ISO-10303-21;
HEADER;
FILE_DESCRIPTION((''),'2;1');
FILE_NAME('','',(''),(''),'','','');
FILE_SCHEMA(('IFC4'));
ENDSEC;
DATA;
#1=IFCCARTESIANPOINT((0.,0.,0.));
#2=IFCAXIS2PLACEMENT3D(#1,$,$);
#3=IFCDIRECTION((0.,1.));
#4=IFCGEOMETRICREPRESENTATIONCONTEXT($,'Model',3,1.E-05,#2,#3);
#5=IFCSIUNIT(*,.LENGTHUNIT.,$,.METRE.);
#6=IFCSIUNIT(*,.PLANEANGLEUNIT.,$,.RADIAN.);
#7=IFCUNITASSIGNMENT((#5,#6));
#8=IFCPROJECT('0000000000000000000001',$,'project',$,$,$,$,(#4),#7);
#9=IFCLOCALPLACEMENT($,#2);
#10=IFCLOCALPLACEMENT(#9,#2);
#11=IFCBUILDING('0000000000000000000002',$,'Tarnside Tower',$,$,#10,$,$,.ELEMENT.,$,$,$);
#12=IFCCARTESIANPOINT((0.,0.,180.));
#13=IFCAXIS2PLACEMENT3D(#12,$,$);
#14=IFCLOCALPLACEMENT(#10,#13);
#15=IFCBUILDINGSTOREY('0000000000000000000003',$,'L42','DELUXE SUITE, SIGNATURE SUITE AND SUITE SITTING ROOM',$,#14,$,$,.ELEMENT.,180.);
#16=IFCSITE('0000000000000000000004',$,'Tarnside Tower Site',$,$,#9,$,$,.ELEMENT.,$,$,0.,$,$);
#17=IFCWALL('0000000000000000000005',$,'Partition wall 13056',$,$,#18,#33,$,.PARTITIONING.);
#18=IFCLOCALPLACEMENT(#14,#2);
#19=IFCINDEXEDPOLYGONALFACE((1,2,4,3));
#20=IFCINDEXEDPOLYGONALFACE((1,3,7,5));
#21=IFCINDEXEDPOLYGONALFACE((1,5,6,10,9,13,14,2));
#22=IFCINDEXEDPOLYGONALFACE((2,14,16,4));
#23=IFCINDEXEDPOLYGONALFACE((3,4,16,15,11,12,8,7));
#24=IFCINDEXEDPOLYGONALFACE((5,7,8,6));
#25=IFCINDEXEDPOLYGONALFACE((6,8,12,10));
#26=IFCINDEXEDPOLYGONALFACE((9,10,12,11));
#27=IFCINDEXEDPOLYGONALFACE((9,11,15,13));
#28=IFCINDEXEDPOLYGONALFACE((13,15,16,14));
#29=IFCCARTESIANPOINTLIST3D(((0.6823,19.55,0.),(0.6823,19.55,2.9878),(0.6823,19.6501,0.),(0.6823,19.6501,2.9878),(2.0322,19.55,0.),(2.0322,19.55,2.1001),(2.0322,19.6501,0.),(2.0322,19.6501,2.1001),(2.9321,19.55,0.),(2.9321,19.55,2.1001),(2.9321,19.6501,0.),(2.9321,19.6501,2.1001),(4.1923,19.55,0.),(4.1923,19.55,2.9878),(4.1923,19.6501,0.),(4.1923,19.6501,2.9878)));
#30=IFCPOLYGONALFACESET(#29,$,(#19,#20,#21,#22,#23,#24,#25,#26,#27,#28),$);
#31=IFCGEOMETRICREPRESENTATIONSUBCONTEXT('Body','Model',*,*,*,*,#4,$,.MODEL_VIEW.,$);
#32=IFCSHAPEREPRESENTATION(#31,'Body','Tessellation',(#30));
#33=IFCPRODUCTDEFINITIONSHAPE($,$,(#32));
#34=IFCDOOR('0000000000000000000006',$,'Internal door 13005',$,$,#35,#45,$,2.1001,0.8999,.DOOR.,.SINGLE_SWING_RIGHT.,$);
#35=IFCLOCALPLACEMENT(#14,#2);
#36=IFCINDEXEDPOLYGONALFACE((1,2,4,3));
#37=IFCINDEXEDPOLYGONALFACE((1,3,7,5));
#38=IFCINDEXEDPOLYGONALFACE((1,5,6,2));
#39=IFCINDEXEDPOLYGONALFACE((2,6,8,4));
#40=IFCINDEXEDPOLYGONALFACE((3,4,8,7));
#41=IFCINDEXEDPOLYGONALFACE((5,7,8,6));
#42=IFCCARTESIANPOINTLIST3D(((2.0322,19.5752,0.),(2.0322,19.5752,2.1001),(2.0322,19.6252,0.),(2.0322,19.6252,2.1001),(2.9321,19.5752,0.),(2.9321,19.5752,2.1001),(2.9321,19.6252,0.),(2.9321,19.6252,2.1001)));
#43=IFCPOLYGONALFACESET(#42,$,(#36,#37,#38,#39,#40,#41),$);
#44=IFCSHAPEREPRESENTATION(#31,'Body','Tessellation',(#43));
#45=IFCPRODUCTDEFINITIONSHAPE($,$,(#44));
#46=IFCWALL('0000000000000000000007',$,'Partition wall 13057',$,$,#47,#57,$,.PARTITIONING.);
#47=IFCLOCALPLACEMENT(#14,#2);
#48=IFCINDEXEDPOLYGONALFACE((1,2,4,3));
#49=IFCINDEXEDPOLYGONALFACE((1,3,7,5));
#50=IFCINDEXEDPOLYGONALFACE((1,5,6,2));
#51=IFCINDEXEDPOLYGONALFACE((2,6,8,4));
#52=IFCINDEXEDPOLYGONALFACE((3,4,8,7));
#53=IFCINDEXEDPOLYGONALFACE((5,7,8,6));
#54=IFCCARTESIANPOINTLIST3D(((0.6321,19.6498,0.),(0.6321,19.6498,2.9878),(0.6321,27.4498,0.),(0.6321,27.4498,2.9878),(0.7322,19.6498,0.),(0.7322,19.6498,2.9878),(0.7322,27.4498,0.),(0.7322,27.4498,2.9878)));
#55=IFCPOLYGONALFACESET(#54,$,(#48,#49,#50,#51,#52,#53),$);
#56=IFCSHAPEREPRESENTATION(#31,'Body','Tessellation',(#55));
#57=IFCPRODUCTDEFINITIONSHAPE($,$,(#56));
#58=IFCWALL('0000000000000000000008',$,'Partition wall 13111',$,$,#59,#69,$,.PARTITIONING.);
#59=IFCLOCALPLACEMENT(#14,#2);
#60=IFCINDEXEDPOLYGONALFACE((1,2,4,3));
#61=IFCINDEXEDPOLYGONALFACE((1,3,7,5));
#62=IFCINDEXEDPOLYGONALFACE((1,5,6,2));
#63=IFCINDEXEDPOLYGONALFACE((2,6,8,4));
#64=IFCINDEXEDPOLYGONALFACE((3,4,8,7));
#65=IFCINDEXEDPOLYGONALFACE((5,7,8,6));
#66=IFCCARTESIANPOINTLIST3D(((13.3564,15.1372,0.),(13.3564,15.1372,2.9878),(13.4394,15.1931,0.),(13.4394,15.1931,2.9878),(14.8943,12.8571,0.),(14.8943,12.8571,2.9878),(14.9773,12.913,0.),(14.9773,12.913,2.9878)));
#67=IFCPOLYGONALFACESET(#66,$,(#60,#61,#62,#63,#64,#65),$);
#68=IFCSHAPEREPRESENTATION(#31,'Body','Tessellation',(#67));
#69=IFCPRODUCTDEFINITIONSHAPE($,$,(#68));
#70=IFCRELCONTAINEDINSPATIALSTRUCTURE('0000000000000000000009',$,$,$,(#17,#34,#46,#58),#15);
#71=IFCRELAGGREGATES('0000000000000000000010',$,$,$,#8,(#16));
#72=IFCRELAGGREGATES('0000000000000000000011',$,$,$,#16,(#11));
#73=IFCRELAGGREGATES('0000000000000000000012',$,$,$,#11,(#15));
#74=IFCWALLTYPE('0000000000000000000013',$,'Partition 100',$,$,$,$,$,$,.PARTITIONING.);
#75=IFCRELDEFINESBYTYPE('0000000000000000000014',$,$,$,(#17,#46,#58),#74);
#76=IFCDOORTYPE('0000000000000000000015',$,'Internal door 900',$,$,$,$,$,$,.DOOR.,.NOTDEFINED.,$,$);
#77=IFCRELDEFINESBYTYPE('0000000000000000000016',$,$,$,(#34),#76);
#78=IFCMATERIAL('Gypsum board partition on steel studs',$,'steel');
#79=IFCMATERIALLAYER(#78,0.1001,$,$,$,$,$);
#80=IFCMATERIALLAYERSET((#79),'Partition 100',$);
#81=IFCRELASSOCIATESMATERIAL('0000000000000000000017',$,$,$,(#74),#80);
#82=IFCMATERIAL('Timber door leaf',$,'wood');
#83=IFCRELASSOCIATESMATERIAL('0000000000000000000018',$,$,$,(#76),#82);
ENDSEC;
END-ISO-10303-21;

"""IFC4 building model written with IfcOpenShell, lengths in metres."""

from ifc_helpers import new_model, si_unit, direction, frame, frame_2d, origin, place, context, subcontext, project, spatial, rectangle, extrude, material, layer, layer_set, type_object, element, fill, save


model = new_model("IFC4")

# Units and contexts
model_context = context("Model", 3, precision=1e-05, world=origin(), true_north=direction((0.0, 1.0)))
body_context = subcontext(model_context, "Body", "Model", "MODEL_VIEW")
ifc_project = project(units=[si_unit("LENGTHUNIT", "METRE"), si_unit("PLANEANGLEUNIT", "RADIAN")], contexts=[model_context])

# Site, building, storey
site_placement = place(None, origin())
site = spatial("IfcSite", under=ifc_project, at=site_placement, Name="Tarnside Tower Site", CompositionType="ELEMENT", RefElevation=0.0)
building_placement = place(site_placement, origin())
building = spatial("IfcBuilding", under=site, at=building_placement, Name="Tarnside Tower", CompositionType="ELEMENT")
storey_placement = place(building_placement, frame((0.0, 0.0, 180.0)))
storey = spatial("IfcBuildingStorey", under=building, at=storey_placement, Name="L42", Description="DELUXE SUITE, SIGNATURE SUITE AND SUITE SITTING ROOM", CompositionType="ELEMENT", Elevation=180.0)

# Shared definitions
ifc_material_1 = material(Name="Gypsum board partition on steel studs", Category="steel")
ifc_material_2 = material(Name="Timber door leaf", Category="wood")

# Wall, opening, door
ifc_layer_1 = layer(ifc_material_1, 0.1001)
ifc_layer_set_1 = layer_set([ifc_layer_1], Name="Partition 100")
wall_type_1 = type_object("IfcWallType", Name="Partition 100", PredefinedType="PARTITIONING", material=ifc_layer_set_1)
wall_1_placement = place(storey_placement, frame((4.1921, 19.6001, 0.0), z_axis=(0.0, 0.0, 1.0), x_axis=(-1.0, 0.0, 0.0)))
wall_1 = element("IfcWall", 1, at=wall_1_placement, inside=storey, type_object=wall_type_1, Name="Partition wall 13056", PredefinedType="PARTITIONING", context=body_context, shape_type="SweptSolid", body=[
    extrude(rectangle(XDim=3.51, YDim=0.1001, at=frame_2d((1.7549, 0.0))), origin(), (0.0, 0.0, 1.0), 2.9878),
])
opening_1_placement = place(wall_1_placement, frame((1.26, 0.0, 0.0)))
opening_1 = element("IfcOpeningElement", 2, at=opening_1_placement, cuts=wall_1, PredefinedType="OPENING", context=body_context, shape_type="SweptSolid", body=[
    extrude(rectangle(XDim=0.8999, YDim=2.1001, at=frame_2d((0.45, 1.05))), frame((0.0, 0.0601, 0.0), z_axis=(0.0, -1.0, 0.0), x_axis=(1.0, 0.0, 0.0)), (0.0, 0.0, 1.0), 0.1201),
])
door_type_1 = type_object("IfcDoorType", Name="Internal door 900", OperationType="NOTDEFINED", PredefinedType="DOOR", material=ifc_material_2)
door_1_placement = place(opening_1_placement, origin())
door_1 = element("IfcDoor", 3, at=door_1_placement, inside=storey, type_object=door_type_1, Name="Internal door 13005", OperationType="SINGLE_SWING_RIGHT", OverallHeight=2.1001, OverallWidth=0.8999, PredefinedType="DOOR", context=body_context, shape_type="SweptSolid", body=[
    extrude(rectangle(XDim=0.8999, YDim=2.1001, at=frame_2d((0.45, 1.05))), frame((0.0, 0.0249, 0.0), z_axis=(0.0, -1.0, 0.0), x_axis=(1.0, 0.0, 0.0)), (0.0, 0.0, 1.0), 0.05),
])
fill(opening_1, door_1)

# Walls
wall_2_placement = place(storey_placement, frame((0.6821, 19.6499, 0.0), z_axis=(0.0, 0.0, 1.0), x_axis=(0.0, 1.0, 0.0)))
element("IfcWall", 4, at=wall_2_placement, inside=storey, type_object=wall_type_1, Name="Partition wall 13057", PredefinedType="PARTITIONING", context=body_context, shape_type="SweptSolid", body=[
    extrude(rectangle(XDim=7.8, YDim=0.1001, at=frame_2d((3.8999, 0.0))), origin(), (0.0, 0.0, 1.0), 2.9878),
])
wall_3_placement = place(storey_placement, frame((13.3979, 15.165, 0.0), z_axis=(0.0, 0.0, 1.0), x_axis=(0.559179, -0.829047, 0.0)))
element("IfcWall", 5, at=wall_3_placement, inside=storey, type_object=wall_type_1, Name="Partition wall 13111", PredefinedType="PARTITIONING", context=body_context, shape_type="SweptSolid", body=[
    extrude(rectangle(XDim=2.7502, YDim=0.1001, at=frame_2d((1.375, 0.0))), origin(), (0.0, 0.0, 1.0), 2.9878),
])

save(model, "model.ifc")
